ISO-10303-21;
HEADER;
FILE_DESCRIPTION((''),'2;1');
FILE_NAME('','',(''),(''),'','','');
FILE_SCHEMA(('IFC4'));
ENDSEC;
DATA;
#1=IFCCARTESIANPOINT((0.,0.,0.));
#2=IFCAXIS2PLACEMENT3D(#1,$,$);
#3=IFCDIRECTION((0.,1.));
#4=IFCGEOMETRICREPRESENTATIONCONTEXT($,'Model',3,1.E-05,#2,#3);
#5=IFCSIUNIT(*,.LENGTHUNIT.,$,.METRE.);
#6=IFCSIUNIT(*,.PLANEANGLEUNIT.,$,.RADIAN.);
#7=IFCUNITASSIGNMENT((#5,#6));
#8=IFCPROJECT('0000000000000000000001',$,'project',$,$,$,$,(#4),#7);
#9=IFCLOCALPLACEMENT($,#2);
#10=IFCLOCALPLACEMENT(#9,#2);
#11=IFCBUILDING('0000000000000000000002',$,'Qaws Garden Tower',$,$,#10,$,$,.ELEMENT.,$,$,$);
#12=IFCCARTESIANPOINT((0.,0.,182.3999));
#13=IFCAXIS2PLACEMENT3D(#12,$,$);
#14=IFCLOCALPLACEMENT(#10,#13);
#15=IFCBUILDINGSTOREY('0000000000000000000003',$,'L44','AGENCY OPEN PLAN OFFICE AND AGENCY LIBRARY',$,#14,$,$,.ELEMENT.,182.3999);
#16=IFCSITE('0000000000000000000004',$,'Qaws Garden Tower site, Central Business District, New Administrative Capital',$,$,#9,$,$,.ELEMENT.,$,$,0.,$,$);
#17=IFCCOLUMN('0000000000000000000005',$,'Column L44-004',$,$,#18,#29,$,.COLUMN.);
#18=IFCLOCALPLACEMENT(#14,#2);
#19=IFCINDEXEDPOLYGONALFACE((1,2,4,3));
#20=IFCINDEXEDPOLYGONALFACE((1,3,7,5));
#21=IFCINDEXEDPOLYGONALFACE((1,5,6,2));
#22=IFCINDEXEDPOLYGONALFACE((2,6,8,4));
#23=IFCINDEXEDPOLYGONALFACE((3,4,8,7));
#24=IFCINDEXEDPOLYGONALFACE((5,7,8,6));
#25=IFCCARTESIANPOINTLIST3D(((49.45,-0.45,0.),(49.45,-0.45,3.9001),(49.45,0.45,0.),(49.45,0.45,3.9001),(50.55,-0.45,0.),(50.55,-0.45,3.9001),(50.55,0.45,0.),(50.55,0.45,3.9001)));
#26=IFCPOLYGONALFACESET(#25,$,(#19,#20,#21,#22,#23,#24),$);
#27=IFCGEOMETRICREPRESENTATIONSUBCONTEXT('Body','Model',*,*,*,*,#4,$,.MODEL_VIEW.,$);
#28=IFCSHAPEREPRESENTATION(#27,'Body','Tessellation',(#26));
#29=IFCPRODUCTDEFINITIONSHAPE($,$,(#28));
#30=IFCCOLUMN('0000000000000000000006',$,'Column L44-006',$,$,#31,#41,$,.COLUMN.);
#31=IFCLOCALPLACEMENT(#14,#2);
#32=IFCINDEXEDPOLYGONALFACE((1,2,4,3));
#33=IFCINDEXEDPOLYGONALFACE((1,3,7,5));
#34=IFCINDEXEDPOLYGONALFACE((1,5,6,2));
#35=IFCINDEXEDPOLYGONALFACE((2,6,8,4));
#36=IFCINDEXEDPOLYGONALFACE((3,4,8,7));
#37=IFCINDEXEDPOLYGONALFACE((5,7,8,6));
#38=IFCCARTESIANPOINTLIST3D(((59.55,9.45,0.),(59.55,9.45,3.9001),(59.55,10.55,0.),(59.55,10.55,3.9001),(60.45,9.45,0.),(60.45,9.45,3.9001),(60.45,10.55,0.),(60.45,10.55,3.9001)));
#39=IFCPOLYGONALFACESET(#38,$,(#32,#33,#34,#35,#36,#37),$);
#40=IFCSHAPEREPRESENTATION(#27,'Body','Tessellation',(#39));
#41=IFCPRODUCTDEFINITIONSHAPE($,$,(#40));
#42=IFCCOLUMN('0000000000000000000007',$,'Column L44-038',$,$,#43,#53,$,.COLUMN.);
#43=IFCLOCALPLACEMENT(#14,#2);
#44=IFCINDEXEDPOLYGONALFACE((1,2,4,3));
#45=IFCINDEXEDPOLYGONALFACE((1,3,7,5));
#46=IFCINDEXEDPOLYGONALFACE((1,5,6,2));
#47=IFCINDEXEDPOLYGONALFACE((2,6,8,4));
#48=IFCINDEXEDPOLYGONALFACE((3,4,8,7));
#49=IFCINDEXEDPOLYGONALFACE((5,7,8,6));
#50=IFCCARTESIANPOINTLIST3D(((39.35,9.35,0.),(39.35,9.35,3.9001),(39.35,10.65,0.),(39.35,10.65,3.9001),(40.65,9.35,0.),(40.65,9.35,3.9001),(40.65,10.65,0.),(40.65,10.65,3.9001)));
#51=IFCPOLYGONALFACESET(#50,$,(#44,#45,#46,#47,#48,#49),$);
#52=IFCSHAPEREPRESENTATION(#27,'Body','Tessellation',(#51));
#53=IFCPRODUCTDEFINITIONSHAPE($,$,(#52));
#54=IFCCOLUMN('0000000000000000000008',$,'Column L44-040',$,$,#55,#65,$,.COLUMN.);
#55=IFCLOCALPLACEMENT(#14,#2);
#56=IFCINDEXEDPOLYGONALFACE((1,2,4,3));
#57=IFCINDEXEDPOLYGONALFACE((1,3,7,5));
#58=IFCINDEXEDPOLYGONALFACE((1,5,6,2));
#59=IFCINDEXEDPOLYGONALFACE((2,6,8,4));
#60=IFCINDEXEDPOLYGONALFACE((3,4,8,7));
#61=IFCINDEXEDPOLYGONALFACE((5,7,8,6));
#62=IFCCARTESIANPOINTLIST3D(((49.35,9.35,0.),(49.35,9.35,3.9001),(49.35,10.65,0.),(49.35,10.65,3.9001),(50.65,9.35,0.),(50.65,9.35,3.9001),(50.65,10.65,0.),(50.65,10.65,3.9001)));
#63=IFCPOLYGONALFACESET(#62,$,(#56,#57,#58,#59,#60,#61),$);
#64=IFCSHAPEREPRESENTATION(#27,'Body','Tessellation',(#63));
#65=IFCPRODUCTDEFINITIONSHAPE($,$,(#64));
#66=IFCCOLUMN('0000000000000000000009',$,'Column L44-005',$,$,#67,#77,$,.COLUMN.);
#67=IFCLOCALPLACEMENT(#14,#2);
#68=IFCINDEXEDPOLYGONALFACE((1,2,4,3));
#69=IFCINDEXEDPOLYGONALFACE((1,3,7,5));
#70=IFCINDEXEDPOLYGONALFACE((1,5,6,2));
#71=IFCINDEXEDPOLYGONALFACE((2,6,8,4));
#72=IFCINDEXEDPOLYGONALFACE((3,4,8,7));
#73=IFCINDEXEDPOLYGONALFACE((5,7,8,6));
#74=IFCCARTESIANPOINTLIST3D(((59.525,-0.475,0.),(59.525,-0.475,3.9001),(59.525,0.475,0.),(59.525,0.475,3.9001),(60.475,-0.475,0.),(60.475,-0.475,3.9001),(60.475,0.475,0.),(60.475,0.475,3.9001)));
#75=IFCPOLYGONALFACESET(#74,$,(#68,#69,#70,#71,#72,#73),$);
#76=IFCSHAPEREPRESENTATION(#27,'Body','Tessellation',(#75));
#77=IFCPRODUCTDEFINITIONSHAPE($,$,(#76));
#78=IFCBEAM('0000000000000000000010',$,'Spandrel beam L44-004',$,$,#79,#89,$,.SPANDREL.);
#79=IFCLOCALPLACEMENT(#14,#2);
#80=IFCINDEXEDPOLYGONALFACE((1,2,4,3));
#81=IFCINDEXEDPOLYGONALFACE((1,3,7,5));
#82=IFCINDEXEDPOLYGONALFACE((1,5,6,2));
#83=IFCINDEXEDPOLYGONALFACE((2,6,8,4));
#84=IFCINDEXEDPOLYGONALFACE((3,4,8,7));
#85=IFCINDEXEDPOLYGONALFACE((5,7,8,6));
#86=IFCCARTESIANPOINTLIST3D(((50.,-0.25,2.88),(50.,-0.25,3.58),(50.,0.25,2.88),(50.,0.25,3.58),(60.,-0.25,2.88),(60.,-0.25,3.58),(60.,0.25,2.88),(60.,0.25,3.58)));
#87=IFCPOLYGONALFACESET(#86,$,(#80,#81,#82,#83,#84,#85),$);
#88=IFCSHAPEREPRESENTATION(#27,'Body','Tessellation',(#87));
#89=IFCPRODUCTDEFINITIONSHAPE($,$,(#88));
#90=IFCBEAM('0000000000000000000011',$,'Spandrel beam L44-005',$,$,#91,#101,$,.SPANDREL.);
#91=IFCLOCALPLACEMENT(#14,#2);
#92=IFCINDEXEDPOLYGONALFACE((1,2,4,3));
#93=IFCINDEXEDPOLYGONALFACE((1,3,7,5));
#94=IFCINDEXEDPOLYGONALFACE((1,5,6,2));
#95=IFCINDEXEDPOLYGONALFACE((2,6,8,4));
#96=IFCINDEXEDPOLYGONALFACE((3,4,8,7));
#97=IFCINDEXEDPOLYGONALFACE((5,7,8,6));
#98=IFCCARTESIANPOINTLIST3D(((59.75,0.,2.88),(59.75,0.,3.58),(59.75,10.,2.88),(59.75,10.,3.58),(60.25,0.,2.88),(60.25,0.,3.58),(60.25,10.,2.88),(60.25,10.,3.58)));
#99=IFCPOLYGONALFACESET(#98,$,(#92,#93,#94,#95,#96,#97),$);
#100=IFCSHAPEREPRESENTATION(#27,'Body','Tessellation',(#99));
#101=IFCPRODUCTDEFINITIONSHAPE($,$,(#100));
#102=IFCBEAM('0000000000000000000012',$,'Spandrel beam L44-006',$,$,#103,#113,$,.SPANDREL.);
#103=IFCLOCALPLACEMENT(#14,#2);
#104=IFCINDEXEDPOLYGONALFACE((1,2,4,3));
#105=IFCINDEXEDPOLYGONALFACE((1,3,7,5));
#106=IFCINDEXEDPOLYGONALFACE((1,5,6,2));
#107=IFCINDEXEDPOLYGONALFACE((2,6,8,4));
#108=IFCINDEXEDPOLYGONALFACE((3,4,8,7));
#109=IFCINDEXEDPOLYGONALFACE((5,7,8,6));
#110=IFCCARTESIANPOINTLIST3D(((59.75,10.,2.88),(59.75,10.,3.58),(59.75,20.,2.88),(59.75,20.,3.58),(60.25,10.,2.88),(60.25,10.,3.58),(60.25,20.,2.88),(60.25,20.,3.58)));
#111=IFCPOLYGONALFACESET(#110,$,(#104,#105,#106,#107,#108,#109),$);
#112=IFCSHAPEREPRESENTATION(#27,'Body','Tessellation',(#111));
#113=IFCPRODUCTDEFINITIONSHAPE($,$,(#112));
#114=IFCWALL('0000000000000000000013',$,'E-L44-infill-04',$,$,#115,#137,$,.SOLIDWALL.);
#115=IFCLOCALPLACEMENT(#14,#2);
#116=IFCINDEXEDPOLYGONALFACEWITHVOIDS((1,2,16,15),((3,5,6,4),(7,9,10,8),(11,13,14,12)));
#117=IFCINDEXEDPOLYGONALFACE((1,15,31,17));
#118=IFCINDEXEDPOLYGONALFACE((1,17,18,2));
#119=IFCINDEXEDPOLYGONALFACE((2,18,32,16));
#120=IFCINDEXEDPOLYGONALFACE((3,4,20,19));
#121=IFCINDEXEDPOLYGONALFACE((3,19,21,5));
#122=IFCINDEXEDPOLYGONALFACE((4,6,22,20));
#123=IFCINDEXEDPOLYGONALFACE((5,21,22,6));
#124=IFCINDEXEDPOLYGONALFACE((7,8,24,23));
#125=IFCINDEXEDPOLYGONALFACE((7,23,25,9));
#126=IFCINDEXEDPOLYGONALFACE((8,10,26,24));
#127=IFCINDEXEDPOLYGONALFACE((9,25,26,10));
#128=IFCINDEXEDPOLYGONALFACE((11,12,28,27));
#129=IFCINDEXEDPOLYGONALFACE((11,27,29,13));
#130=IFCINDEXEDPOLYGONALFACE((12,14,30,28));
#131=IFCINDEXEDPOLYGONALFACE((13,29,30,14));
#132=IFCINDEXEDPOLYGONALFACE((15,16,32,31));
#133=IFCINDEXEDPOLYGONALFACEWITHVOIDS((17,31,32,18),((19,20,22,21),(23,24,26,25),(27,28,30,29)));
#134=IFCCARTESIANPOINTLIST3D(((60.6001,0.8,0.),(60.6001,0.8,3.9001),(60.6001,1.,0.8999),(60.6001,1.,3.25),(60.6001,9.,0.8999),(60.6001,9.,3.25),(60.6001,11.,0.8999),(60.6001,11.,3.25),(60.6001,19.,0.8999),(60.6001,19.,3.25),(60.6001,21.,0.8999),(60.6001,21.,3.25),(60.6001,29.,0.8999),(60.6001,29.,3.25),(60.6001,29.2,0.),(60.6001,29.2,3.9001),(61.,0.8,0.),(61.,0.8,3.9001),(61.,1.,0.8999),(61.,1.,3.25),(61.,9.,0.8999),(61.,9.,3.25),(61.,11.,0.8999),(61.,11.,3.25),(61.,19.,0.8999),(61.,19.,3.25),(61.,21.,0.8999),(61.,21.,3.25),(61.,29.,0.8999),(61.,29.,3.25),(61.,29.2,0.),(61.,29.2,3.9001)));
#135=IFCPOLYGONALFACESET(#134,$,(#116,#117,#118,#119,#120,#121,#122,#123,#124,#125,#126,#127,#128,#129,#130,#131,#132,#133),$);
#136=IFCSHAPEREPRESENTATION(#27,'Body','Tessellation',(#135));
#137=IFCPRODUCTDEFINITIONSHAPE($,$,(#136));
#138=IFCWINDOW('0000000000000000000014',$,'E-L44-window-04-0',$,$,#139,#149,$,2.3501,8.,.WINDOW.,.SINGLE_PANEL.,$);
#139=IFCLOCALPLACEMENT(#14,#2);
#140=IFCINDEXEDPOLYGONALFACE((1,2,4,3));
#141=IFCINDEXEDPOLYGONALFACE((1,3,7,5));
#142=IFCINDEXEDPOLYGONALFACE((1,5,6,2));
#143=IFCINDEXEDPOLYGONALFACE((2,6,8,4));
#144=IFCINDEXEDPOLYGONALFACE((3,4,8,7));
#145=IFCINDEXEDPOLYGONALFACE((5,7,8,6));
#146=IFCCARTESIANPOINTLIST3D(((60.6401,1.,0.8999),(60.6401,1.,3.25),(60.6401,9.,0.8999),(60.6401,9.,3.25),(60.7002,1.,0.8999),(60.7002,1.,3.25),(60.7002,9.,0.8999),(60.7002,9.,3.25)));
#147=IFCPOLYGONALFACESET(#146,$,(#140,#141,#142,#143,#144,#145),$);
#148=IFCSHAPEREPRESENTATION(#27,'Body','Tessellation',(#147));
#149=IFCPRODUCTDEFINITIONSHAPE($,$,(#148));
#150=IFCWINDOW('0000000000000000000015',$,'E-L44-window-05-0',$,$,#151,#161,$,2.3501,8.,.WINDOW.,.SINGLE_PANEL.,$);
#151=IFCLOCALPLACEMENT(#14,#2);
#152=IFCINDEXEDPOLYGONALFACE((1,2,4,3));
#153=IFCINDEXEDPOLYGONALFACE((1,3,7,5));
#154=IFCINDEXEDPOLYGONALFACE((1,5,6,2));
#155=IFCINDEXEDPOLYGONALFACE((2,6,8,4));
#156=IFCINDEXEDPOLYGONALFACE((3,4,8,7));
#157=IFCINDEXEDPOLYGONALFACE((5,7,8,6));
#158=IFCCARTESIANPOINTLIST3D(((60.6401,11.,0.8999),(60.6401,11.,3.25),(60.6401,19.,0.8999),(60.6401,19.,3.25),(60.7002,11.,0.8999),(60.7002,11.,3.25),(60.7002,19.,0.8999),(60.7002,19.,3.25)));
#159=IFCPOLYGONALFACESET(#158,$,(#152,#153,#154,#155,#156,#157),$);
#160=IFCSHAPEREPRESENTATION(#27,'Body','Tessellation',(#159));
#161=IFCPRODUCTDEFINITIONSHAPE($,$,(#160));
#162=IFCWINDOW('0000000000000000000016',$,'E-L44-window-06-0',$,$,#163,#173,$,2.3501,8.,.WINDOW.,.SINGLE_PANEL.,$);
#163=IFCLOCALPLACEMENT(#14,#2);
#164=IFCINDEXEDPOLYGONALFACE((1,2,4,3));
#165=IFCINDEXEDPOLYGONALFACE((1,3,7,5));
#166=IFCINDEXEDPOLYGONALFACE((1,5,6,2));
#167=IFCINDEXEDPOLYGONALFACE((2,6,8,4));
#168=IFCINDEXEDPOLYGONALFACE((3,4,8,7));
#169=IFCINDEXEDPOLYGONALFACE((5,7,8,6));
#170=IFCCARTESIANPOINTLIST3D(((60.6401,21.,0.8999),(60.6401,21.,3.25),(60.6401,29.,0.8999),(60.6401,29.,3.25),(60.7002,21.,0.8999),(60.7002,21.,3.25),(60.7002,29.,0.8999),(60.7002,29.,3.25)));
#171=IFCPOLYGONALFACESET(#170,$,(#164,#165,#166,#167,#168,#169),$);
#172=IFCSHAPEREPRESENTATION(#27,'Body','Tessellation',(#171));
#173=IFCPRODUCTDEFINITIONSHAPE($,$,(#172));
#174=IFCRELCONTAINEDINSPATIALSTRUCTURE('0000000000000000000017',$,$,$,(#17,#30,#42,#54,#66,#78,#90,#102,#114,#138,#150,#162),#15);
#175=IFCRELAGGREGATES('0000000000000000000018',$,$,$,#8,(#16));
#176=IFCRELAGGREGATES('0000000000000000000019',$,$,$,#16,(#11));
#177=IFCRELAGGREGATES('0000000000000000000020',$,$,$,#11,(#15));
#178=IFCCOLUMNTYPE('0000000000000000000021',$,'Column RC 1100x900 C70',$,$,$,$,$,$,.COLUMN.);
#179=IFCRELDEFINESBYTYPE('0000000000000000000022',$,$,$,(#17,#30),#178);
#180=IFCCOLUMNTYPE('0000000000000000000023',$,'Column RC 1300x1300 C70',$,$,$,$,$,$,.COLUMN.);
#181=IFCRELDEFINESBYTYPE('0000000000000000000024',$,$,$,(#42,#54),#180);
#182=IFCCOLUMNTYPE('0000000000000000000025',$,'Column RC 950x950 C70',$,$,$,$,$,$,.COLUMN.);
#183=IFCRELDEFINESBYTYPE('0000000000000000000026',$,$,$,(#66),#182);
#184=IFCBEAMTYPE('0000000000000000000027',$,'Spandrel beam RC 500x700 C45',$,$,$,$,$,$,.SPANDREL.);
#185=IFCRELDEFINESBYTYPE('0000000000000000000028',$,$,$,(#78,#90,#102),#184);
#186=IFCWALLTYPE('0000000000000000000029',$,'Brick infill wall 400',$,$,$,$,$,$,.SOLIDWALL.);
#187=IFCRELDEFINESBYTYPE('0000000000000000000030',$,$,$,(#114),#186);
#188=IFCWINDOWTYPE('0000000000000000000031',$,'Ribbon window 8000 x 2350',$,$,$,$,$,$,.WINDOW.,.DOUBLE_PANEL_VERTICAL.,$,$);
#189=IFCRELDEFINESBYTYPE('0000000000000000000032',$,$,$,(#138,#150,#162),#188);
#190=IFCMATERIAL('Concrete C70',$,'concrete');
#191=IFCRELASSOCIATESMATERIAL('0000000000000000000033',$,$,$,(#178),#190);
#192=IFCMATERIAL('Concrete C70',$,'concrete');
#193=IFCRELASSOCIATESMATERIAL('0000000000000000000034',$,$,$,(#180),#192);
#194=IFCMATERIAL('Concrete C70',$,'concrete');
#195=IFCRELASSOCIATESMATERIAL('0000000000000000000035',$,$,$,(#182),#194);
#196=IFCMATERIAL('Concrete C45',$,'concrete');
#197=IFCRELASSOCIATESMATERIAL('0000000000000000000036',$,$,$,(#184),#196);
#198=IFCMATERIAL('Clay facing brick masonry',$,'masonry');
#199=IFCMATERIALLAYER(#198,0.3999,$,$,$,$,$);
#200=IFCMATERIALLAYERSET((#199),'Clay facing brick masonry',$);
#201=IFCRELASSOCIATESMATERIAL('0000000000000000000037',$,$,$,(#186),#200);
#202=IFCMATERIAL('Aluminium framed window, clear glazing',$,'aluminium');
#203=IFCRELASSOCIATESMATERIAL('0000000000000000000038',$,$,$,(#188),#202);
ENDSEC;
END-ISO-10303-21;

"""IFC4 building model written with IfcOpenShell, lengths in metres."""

from ifc_helpers import new_model, si_unit, direction, frame, frame_2d, origin, origin_2d, place, context, subcontext, project, spatial, rectangle, extrude, material, layer, layer_set, material_profile, profile_set, type_object, element, fill, save


model = new_model("IFC4")

# Units and contexts
model_context = context("Model", 3, precision=1e-05, world=origin(), true_north=direction((0.0, 1.0)))
body_context = subcontext(model_context, "Body", "Model", "MODEL_VIEW")
ifc_project = project(units=[si_unit("LENGTHUNIT", "METRE"), si_unit("PLANEANGLEUNIT", "RADIAN")], contexts=[model_context])

# Site, building, storey
site_placement = place(None, origin())
site = spatial("IfcSite", under=ifc_project, at=site_placement, Name="Qaws Garden Tower site, Central Business District, New Administrative Capital", CompositionType="ELEMENT", RefElevation=0.0)
building_placement = place(site_placement, origin())
building = spatial("IfcBuilding", under=site, at=building_placement, Name="Qaws Garden Tower", CompositionType="ELEMENT")
storey_placement = place(building_placement, frame((0.0, 0.0, 182.3999)))
storey = spatial("IfcBuildingStorey", under=building, at=storey_placement, Name="L44", Description="AGENCY OPEN PLAN OFFICE AND AGENCY LIBRARY", CompositionType="ELEMENT", Elevation=182.3999)

# Columns
ifc_material_1 = material(Name="Concrete C70", Category="concrete")
ifc_material_profile_1 = material_profile(ifc_material_1, rectangle(XDim=1.1001, YDim=0.8999, at=origin_2d()), Name="RC 1100x900")
ifc_profile_set_1 = profile_set([ifc_material_profile_1], Name="Concrete C70")
column_type_1 = type_object("IfcColumnType", Name="Column RC 1100x900 C70", PredefinedType="COLUMN", material=ifc_profile_set_1)
for number, where, z_axis, x_axis, name in (
    (1, (50.0, 0.0, 0.0), (0.0, 0.0, 1.0), (1.0, 0.0, 0.0), "Column L44-004"),
    (2, (60.0, 10.0, 0.0), (0.0, 0.0, 1.0), (0.0, 1.0, 0.0), "Column L44-006"),
):
    element("IfcColumn", number, at=place(storey_placement, frame(where, z_axis=z_axis, x_axis=x_axis)), inside=storey, type_object=column_type_1, Name=name, PredefinedType="COLUMN", context=body_context, shape_type="SweptSolid", body=[
        extrude(rectangle(XDim=1.1001, YDim=0.8999, at=origin_2d()), origin(), (0.0, 0.0, 1.0), 3.9001),
    ])
ifc_material_2 = material(Name="Concrete C70", Category="concrete")
ifc_material_profile_2 = material_profile(ifc_material_2, rectangle(XDim=1.3, YDim=1.3, at=origin_2d()), Name="RC 1300x1300")
ifc_profile_set_2 = profile_set([ifc_material_profile_2], Name="Concrete C70")
column_type_2 = type_object("IfcColumnType", Name="Column RC 1300x1300 C70", PredefinedType="COLUMN", material=ifc_profile_set_2)
for number, where, z_axis, x_axis, name in (
    (3, (40.0, 10.0, 0.0), (0.0, 0.0, 1.0), (1.0, 0.0, 0.0), "Column L44-038"),
    (4, (50.0, 10.0, 0.0), (0.0, 0.0, 1.0), (1.0, 0.0, 0.0), "Column L44-040"),
):
    element("IfcColumn", number, at=place(storey_placement, frame(where, z_axis=z_axis, x_axis=x_axis)), inside=storey, type_object=column_type_2, Name=name, PredefinedType="COLUMN", context=body_context, shape_type="SweptSolid", body=[
        extrude(rectangle(XDim=1.3, YDim=1.3, at=origin_2d()), origin(), (0.0, 0.0, 1.0), 3.9001),
    ])
ifc_material_3 = material(Name="Concrete C70", Category="concrete")
ifc_material_profile_3 = material_profile(ifc_material_3, rectangle(XDim=0.95, YDim=0.95, at=origin_2d()), Name="RC 950x950")
ifc_profile_set_3 = profile_set([ifc_material_profile_3], Name="Concrete C70")
column_type_3 = type_object("IfcColumnType", Name="Column RC 950x950 C70", PredefinedType="COLUMN", material=ifc_profile_set_3)
column_placement = place(storey_placement, frame((60.0, 0.0, 0.0), z_axis=(0.0, 0.0, 1.0), x_axis=(1.0, 0.0, 0.0)))
element("IfcColumn", 5, at=column_placement, inside=storey, type_object=column_type_3, Name="Column L44-005", PredefinedType="COLUMN", context=body_context, shape_type="SweptSolid", body=[
    extrude(rectangle(XDim=0.95, YDim=0.95, at=origin_2d()), origin(), (0.0, 0.0, 1.0), 3.9001),
])

# Beams
ifc_material_4 = material(Name="Concrete C45", Category="concrete")
ifc_material_profile_4 = material_profile(ifc_material_4, rectangle(XDim=0.5, YDim=0.7, at=origin_2d()), Name="RC 500x700")
ifc_profile_set_4 = profile_set([ifc_material_profile_4], Name="Concrete C45")
beam_type = type_object("IfcBeamType", Name="Spandrel beam RC 500x700 C45", PredefinedType="SPANDREL", material=ifc_profile_set_4)
for number, where, z_axis, x_axis, name in (
    (6, (50.0, 0.0, 3.23), (1.0, 0.0, 0.0), (0.0, 1.0, 0.0), "Spandrel beam L44-004"),
    (7, (60.0, 0.0, 3.23), (0.0, 1.0, 0.0), (-1.0, 0.0, 0.0), "Spandrel beam L44-005"),
    (8, (60.0, 10.0, 3.23), (0.0, 1.0, 0.0), (-1.0, 0.0, 0.0), "Spandrel beam L44-006"),
):
    element("IfcBeam", number, at=place(storey_placement, frame(where, z_axis=z_axis, x_axis=x_axis)), inside=storey, type_object=beam_type, Name=name, PredefinedType="SPANDREL", context=body_context, shape_type="SweptSolid", body=[
        extrude(rectangle(XDim=0.5, YDim=0.7, at=origin_2d()), origin(), (0.0, 0.0, 1.0), 10.0),
    ])

# Wall, openings, windows
ifc_material_5 = material(Name="Clay facing brick masonry", Category="masonry")
ifc_layer_1 = layer(ifc_material_5, 0.3999)
ifc_layer_set_1 = layer_set([ifc_layer_1], Name="Clay facing brick masonry")
wall_type_1 = type_object("IfcWallType", Name="Brick infill wall 400", PredefinedType="SOLIDWALL", material=ifc_layer_set_1)
wall_1_placement = place(storey_placement, frame((60.8, 0.8, 0.0), z_axis=(0.0, 0.0, 1.0), x_axis=(0.0, 1.0, 0.0)))
wall_1 = element("IfcWall", 9, at=wall_1_placement, inside=storey, type_object=wall_type_1, Name="E-L44-infill-04", PredefinedType="SOLIDWALL", context=body_context, shape_type="SweptSolid", body=[
    extrude(rectangle(XDim=28.3999, YDim=0.3999, at=frame_2d((14.2, 0.0))), origin(), (0.0, 0.0, 1.0), 3.9001),
])
opening_1_placement = place(wall_1_placement, frame((0.2, 0.0, 0.8999)))
opening_1 = element("IfcOpeningElement", 10, at=opening_1_placement, cuts=wall_1, PredefinedType="OPENING", context=body_context, shape_type="SweptSolid", body=[
    extrude(rectangle(XDim=8.0, YDim=2.3501, at=frame_2d((4.0, 1.175))), frame((0.0, 0.21, 0.0), z_axis=(0.0, -1.0, 0.0), x_axis=(1.0, 0.0, 0.0)), (0.0, 0.0, 1.0), 0.4199),
])
opening_2_placement = place(wall_1_placement, frame((10.2, 0.0, 0.8999)))
opening_2 = element("IfcOpeningElement", 11, at=opening_2_placement, cuts=wall_1, PredefinedType="OPENING", context=body_context, shape_type="SweptSolid", body=[
    extrude(rectangle(XDim=8.0, YDim=2.3501, at=frame_2d((4.0, 1.175))), frame((0.0, 0.21, 0.0), z_axis=(0.0, -1.0, 0.0), x_axis=(1.0, 0.0, 0.0)), (0.0, 0.0, 1.0), 0.4199),
])
opening_3_placement = place(wall_1_placement, frame((20.2, 0.0, 0.8999)))
opening_3 = element("IfcOpeningElement", 12, at=opening_3_placement, cuts=wall_1, PredefinedType="OPENING", context=body_context, shape_type="SweptSolid", body=[
    extrude(rectangle(XDim=8.0, YDim=2.3501, at=frame_2d((4.0, 1.175))), frame((0.0, 0.21, 0.0), z_axis=(0.0, -1.0, 0.0), x_axis=(1.0, 0.0, 0.0)), (0.0, 0.0, 1.0), 0.4199),
])
ifc_material_6 = material(Name="Aluminium framed window, clear glazing", Category="aluminium")
window_type = type_object("IfcWindowType", Name="Ribbon window 8000 x 2350", PartitioningType="DOUBLE_PANEL_VERTICAL", PredefinedType="WINDOW", material=ifc_material_6)
window_1_placement = place(opening_1_placement, origin())
window_1 = element("IfcWindow", 13, at=window_1_placement, inside=storey, type_object=window_type, Name="E-L44-window-04-0", OverallHeight=2.3501, OverallWidth=8.0, PartitioningType="SINGLE_PANEL", PredefinedType="WINDOW", context=body_context, shape_type="SweptSolid", body=[
    extrude(rectangle(XDim=8.0, YDim=2.3501, at=frame_2d((4.0, 1.175))), frame((0.0, 0.1599, 0.0), z_axis=(0.0, -1.0, 0.0), x_axis=(1.0, 0.0, 0.0)), (0.0, 0.0, 1.0), 0.0601),
])
fill(opening_1, window_1)
window_2_placement = place(opening_2_placement, origin())
window_2 = element("IfcWindow", 14, at=window_2_placement, inside=storey, type_object=window_type, Name="E-L44-window-05-0", OverallHeight=2.3501, OverallWidth=8.0, PartitioningType="SINGLE_PANEL", PredefinedType="WINDOW", context=body_context, shape_type="SweptSolid", body=[
    extrude(rectangle(XDim=8.0, YDim=2.3501, at=frame_2d((4.0, 1.175))), frame((0.0, 0.1599, 0.0), z_axis=(0.0, -1.0, 0.0), x_axis=(1.0, 0.0, 0.0)), (0.0, 0.0, 1.0), 0.0601),
])
fill(opening_2, window_2)
window_3_placement = place(opening_3_placement, origin())
window_3 = element("IfcWindow", 15, at=window_3_placement, inside=storey, type_object=window_type, Name="E-L44-window-06-0", OverallHeight=2.3501, OverallWidth=8.0, PartitioningType="SINGLE_PANEL", PredefinedType="WINDOW", context=body_context, shape_type="SweptSolid", body=[
    extrude(rectangle(XDim=8.0, YDim=2.3501, at=frame_2d((4.0, 1.175))), frame((0.0, 0.1599, 0.0), z_axis=(0.0, -1.0, 0.0), x_axis=(1.0, 0.0, 0.0)), (0.0, 0.0, 1.0), 0.0601),
])
fill(opening_3, window_3)

save(model, "model.ifc")
